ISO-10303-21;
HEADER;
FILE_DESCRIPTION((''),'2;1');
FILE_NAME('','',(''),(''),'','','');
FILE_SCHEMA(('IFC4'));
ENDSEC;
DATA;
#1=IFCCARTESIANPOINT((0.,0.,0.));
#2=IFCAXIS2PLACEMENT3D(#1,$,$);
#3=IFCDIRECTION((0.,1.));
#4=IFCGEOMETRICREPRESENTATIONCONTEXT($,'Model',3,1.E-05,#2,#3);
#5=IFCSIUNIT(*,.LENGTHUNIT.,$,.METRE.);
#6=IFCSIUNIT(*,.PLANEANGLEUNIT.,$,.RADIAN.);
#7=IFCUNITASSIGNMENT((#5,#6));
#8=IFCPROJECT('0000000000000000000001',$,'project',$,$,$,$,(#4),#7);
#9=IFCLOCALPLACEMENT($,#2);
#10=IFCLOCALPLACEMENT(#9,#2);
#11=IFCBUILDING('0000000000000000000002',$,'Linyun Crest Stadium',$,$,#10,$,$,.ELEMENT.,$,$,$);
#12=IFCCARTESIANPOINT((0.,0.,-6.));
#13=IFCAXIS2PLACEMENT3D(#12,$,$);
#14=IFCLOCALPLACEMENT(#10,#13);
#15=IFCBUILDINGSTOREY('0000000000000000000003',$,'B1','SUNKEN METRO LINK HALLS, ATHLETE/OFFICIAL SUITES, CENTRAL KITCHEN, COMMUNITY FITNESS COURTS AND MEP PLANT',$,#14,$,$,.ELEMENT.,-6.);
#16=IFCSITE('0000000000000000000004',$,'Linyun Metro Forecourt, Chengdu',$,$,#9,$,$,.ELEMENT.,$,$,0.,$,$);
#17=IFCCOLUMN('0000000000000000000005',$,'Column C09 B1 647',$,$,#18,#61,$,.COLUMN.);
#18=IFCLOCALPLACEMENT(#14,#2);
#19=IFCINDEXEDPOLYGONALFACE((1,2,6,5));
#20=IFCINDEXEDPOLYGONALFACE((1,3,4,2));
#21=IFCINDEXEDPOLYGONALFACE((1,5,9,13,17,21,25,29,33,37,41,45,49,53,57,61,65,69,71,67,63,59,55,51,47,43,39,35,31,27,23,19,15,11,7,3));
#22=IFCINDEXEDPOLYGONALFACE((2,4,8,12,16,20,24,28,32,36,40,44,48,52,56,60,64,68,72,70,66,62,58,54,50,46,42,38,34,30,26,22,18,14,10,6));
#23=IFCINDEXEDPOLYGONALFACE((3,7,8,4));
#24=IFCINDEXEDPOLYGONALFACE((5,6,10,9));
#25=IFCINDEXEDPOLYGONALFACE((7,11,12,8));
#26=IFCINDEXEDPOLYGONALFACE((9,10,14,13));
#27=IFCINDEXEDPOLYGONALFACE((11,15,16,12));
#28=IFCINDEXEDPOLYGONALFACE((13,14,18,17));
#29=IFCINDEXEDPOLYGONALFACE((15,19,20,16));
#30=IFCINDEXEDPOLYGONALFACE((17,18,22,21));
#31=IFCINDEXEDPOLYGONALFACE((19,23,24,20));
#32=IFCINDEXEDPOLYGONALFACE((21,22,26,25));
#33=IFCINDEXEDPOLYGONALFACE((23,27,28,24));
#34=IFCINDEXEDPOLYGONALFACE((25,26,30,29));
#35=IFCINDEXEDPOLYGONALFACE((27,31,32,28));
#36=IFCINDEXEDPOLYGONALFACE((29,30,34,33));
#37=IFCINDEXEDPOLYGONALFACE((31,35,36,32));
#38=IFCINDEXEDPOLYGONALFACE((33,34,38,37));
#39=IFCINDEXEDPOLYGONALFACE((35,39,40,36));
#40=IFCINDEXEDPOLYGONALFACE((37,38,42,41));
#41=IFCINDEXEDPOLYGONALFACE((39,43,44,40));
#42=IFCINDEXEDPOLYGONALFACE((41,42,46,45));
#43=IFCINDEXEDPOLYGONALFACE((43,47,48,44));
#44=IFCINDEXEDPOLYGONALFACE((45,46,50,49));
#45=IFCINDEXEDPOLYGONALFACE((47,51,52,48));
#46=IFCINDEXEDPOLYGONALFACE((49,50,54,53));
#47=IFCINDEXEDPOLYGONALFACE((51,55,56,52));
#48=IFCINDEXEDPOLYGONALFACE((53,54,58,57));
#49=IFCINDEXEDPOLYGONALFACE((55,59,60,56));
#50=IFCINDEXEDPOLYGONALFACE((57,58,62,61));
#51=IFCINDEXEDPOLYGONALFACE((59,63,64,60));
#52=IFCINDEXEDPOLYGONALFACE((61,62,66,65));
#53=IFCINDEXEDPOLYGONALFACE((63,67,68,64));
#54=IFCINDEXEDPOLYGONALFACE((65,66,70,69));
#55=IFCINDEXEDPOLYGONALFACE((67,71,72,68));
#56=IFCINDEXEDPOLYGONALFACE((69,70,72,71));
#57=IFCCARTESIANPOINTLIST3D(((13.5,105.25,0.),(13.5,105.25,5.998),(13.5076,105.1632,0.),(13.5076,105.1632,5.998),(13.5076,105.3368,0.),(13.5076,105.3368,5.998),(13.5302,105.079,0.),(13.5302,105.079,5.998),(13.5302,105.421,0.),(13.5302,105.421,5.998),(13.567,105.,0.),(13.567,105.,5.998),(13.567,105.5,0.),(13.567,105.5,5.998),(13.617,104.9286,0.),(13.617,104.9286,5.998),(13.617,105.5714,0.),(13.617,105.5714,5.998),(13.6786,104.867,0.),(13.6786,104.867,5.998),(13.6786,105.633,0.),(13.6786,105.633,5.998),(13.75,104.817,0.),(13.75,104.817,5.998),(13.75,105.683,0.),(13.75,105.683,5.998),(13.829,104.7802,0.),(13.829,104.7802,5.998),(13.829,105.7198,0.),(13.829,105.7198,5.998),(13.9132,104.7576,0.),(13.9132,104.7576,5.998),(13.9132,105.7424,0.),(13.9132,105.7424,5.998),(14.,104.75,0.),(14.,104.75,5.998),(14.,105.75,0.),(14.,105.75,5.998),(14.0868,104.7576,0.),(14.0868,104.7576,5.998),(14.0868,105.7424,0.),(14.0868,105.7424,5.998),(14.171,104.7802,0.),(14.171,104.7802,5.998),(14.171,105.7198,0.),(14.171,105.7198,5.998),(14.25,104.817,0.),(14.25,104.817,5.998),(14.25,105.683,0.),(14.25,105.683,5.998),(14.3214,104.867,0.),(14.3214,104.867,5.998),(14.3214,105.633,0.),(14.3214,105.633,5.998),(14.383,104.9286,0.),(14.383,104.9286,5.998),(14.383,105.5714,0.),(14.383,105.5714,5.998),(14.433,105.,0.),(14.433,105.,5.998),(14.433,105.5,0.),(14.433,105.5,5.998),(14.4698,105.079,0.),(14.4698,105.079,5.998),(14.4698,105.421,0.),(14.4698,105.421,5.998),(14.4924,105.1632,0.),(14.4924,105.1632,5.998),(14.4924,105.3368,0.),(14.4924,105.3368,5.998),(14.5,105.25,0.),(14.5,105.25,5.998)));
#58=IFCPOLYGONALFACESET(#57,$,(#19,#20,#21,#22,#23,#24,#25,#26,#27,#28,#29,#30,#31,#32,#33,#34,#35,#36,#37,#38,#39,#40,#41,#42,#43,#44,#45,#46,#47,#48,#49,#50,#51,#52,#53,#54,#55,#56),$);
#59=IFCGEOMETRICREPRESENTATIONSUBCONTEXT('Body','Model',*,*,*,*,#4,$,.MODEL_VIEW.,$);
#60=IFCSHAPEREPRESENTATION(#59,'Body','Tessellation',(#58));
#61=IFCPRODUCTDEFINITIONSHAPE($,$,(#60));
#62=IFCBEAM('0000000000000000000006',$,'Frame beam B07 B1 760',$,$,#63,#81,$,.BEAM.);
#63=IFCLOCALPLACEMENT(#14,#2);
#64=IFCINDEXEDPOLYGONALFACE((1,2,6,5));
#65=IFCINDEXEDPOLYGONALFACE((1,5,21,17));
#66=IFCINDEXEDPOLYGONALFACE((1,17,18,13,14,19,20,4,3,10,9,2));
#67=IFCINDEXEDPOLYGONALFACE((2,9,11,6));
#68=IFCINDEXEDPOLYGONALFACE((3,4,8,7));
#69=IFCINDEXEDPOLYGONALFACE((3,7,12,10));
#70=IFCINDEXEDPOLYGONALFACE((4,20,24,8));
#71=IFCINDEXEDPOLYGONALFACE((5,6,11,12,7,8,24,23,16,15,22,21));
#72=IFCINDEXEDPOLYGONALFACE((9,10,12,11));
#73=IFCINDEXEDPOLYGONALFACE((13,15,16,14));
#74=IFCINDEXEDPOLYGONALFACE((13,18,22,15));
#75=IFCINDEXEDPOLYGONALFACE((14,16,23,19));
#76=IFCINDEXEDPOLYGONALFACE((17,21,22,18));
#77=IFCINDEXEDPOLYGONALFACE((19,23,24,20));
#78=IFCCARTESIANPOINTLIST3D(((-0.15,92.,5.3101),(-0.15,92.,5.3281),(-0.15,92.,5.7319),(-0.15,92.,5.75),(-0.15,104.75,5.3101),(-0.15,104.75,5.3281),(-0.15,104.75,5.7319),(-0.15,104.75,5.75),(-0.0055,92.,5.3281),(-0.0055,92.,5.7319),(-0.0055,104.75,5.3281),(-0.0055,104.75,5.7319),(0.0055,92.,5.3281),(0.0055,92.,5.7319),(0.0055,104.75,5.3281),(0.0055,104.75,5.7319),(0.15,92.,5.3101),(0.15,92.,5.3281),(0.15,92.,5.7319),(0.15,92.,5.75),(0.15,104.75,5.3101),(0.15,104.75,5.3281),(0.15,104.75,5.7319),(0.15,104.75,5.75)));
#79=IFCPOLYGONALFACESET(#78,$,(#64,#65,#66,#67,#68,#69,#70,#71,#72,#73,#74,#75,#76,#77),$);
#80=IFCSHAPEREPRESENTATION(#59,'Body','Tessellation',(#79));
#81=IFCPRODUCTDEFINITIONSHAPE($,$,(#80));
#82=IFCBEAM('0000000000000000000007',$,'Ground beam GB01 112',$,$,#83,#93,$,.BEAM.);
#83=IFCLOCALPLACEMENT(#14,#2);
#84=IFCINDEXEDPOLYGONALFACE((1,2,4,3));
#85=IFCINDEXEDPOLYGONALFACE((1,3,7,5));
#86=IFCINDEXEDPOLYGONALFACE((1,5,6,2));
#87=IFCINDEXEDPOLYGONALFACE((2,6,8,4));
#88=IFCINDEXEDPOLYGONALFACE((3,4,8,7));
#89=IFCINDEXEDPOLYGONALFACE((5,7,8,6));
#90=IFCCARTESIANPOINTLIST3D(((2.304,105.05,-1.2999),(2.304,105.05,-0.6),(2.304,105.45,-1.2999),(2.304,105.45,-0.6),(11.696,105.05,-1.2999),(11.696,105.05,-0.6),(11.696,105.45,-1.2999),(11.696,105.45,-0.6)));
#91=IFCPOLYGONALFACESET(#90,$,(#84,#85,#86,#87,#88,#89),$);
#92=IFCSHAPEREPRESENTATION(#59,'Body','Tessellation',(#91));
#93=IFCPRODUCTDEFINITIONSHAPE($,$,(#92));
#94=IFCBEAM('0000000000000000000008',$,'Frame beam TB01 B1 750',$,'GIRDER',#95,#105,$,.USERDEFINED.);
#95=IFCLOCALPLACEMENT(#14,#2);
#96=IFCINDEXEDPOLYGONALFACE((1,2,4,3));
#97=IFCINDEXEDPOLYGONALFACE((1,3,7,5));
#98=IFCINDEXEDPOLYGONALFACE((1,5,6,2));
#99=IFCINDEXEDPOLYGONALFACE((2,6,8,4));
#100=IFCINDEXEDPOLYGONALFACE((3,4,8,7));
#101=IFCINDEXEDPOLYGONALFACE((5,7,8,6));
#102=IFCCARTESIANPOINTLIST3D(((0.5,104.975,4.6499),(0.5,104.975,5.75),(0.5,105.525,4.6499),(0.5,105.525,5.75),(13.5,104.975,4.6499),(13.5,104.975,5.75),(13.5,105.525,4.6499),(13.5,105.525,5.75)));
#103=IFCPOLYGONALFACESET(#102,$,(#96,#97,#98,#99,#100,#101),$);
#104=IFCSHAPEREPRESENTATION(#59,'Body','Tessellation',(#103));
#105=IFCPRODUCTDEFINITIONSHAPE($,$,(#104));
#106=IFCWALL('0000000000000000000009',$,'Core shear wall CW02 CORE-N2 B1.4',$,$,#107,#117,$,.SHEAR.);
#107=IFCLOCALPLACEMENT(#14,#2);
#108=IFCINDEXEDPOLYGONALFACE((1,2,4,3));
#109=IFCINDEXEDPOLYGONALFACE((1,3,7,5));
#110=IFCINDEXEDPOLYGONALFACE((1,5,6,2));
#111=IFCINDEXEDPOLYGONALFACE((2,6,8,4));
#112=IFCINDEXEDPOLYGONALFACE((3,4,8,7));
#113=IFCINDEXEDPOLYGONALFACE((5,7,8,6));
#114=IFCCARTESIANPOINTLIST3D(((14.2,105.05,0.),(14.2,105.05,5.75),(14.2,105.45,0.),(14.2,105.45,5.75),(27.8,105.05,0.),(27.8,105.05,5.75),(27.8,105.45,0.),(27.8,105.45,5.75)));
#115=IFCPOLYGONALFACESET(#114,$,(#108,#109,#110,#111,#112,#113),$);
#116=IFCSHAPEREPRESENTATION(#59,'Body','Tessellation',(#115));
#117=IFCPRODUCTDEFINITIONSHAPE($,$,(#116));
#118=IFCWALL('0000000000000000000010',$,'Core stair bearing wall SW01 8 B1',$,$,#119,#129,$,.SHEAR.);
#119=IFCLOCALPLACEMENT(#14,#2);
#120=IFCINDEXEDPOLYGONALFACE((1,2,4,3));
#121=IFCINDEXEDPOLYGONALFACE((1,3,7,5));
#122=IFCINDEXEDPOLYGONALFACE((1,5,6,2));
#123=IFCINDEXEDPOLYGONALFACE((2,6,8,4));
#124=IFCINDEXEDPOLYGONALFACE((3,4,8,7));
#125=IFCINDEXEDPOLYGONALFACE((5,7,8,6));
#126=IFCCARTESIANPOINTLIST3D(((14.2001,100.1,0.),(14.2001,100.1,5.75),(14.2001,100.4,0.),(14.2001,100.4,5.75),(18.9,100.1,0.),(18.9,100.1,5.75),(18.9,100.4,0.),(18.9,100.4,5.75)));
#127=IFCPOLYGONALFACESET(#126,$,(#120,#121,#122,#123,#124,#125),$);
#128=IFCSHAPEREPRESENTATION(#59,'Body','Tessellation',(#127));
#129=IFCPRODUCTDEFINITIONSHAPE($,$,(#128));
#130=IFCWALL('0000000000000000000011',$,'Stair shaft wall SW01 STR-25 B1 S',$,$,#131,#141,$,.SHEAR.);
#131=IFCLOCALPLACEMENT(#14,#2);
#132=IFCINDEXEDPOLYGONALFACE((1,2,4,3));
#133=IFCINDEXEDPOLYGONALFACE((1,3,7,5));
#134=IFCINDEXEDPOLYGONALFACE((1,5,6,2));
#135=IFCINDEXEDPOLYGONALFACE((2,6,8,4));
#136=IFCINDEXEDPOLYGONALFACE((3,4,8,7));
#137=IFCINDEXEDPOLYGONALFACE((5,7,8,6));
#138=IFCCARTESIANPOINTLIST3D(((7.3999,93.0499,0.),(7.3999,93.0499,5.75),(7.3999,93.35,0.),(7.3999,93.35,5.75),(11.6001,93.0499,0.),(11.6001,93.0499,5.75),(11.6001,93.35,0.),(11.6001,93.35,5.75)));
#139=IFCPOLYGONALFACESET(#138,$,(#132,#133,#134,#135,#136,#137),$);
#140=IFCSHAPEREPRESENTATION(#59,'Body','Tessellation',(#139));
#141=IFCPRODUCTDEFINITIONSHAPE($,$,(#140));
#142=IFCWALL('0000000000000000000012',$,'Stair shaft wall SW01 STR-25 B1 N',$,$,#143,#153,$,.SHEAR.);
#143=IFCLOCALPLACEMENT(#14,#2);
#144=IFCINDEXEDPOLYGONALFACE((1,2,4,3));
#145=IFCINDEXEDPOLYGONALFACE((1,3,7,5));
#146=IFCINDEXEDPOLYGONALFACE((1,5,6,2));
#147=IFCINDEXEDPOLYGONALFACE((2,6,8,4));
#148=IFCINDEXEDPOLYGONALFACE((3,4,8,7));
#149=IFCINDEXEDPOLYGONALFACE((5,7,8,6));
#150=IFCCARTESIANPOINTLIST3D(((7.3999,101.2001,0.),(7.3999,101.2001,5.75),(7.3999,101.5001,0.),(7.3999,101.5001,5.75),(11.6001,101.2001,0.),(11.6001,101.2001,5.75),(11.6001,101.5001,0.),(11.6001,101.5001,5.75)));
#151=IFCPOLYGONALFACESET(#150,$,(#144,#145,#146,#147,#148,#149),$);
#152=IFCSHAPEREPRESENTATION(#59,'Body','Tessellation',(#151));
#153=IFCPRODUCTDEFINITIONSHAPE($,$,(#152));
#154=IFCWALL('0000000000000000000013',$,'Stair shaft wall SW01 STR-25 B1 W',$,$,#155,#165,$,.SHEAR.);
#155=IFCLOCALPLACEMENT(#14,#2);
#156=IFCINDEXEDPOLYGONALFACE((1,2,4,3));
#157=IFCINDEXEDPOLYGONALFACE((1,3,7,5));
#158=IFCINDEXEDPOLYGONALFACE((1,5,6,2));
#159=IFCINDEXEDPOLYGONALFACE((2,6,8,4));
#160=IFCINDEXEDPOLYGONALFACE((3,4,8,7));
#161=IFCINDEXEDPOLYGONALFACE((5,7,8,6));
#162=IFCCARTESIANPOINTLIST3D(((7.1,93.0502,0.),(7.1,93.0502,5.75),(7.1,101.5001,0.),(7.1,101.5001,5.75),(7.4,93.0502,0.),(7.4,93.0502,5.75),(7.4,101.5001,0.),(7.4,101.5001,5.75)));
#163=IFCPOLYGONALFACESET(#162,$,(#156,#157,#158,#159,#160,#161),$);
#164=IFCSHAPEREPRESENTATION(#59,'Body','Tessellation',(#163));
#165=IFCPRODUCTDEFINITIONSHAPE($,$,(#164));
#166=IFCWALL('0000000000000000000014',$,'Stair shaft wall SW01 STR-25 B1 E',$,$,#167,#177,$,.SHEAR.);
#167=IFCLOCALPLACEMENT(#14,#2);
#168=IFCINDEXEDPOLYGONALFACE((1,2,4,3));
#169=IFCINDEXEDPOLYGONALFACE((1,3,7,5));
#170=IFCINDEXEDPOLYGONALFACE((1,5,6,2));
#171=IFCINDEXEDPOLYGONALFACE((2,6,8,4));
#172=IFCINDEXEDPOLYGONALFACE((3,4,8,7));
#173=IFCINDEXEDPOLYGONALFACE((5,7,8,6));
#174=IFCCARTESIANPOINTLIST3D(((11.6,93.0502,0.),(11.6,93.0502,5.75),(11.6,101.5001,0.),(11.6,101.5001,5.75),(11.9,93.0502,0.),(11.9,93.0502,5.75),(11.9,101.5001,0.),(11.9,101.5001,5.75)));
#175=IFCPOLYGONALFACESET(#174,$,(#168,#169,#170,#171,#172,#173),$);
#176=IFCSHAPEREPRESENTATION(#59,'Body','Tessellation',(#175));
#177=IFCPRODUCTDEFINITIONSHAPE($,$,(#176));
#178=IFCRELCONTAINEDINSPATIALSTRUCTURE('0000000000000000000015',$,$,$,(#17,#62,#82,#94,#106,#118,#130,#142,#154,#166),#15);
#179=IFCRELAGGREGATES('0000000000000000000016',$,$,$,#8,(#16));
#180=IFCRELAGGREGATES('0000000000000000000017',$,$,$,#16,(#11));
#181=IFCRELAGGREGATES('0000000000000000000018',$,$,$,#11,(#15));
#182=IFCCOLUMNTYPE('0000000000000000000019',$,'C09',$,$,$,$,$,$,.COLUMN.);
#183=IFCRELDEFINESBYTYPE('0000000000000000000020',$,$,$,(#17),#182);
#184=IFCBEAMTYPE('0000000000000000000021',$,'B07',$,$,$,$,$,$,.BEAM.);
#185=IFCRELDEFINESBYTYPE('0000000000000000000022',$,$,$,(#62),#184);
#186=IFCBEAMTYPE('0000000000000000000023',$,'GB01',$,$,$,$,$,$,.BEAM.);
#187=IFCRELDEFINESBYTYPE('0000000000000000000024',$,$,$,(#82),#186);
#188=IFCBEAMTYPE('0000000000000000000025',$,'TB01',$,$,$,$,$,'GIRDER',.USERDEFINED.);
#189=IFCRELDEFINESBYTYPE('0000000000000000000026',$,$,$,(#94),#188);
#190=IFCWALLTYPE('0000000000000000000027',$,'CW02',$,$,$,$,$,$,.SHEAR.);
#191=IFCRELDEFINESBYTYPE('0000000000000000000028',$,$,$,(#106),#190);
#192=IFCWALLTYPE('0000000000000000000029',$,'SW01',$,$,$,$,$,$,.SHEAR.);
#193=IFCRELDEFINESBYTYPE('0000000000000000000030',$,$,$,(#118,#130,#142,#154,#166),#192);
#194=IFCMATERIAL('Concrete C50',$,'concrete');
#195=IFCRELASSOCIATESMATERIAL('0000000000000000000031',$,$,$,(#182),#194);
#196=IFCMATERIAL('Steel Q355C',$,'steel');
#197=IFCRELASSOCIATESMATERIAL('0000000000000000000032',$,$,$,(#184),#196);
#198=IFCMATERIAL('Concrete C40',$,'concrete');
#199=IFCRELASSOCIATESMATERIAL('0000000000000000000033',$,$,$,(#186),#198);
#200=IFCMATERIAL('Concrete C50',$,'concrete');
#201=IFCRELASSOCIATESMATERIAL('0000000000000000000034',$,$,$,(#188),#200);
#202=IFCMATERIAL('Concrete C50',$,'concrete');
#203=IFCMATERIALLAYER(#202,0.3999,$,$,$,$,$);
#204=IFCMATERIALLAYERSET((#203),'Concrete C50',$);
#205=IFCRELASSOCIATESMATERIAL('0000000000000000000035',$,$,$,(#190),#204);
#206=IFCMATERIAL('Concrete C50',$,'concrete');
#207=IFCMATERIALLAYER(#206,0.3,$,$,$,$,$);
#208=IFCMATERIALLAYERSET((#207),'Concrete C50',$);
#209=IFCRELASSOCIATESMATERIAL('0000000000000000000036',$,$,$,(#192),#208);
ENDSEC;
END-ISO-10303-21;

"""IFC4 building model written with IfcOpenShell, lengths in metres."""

from ifc_helpers import new_model, si_unit, direction, frame, frame_2d, origin, origin_2d, place, context, subcontext, project, spatial, rectangle, circle, i_section, extrude, material, layer, layer_set, material_profile, profile_set, type_object, element, save


model = new_model("IFC4")

# Units and contexts
model_context = context("Model", 3, precision=1e-05, world=origin(), true_north=direction((0.0, 1.0)))
body_context = subcontext(model_context, "Body", "Model", "MODEL_VIEW")
ifc_project = project(units=[si_unit("LENGTHUNIT", "METRE"), si_unit("PLANEANGLEUNIT", "RADIAN")], contexts=[model_context])

# Site, building, storey
site_placement = place(None, origin())
site = spatial("IfcSite", under=ifc_project, at=site_placement, Name="Linyun Metro Forecourt, Chengdu", CompositionType="ELEMENT", RefElevation=0.0)
building_placement = place(site_placement, origin())
building = spatial("IfcBuilding", under=site, at=building_placement, Name="Linyun Crest Stadium", CompositionType="ELEMENT")
storey_placement = place(building_placement, frame((0.0, 0.0, -6.0)))
storey = spatial("IfcBuildingStorey", under=building, at=storey_placement, Name="B1", Description="SUNKEN METRO LINK HALLS, ATHLETE/OFFICIAL SUITES, CENTRAL KITCHEN, COMMUNITY FITNESS COURTS AND MEP PLANT", CompositionType="ELEMENT", Elevation=-6.0)

# Column
ifc_material_1 = material(Name="Concrete C50", Category="concrete")
ifc_material_profile_1 = material_profile(ifc_material_1, circle(Radius=0.5, at=origin_2d()), Name="RC D1000")
ifc_profile_set_1 = profile_set([ifc_material_profile_1], Name="Concrete C50")
column_type = type_object("IfcColumnType", Name="C09", PredefinedType="COLUMN", material=ifc_profile_set_1)
for number, where, z_axis, x_axis, name in (
    (1, (14.0, 105.25, 0.0), (0.0, 0.0, 1.0), (1.0, 0.0, 0.0), "Column C09 B1 647"),
):
    element("IfcColumn", number, at=place(storey_placement, frame(where, z_axis=z_axis, x_axis=x_axis)), inside=storey, type_object=column_type, Name=name, PredefinedType="COLUMN", context=body_context, shape_type="SweptSolid", body=[
        extrude(circle(Radius=0.5, at=origin_2d()), origin(), (0.0, 0.0, 1.0), 5.998),
    ])

# Beams
ifc_material_2 = material(Name="Steel Q355C", Category="steel")
ifc_material_profile_2 = material_profile(ifc_material_2, i_section(OverallWidth=0.3, OverallDepth=0.4399, WebThickness=0.011, FlangeThickness=0.0181, at=origin_2d()), Name="HM 440x300")
ifc_profile_set_2 = profile_set([ifc_material_profile_2], Name="Steel Q355C")
beam_type_1 = type_object("IfcBeamType", Name="B07", PredefinedType="BEAM", material=ifc_profile_set_2)
beam_1_placement = place(storey_placement, frame((0.0, 92.0, 5.53), z_axis=(0.0, 1.0, 0.0), x_axis=(-1.0, 0.0, 0.0)))
element("IfcBeam", 2, at=beam_1_placement, inside=storey, type_object=beam_type_1, Name="Frame beam B07 B1 760", PredefinedType="BEAM", context=body_context, shape_type="SweptSolid", body=[
    extrude(i_section(OverallWidth=0.3, OverallDepth=0.4399, WebThickness=0.011, FlangeThickness=0.0181, at=origin_2d()), origin(), (0.0, 0.0, 1.0), 12.75),
])
ifc_material_3 = material(Name="Concrete C40", Category="concrete")
ifc_material_profile_3 = material_profile(ifc_material_3, rectangle(XDim=0.3999, YDim=0.7, at=origin_2d()), Name="RCB 700x400")
ifc_profile_set_3 = profile_set([ifc_material_profile_3], Name="Concrete C40")
beam_type_2 = type_object("IfcBeamType", Name="GB01", PredefinedType="BEAM", material=ifc_profile_set_3)
beam_2_placement = place(storey_placement, frame((2.304, 105.25, -0.95), z_axis=(1.0, 0.0, 0.0), x_axis=(0.0, 1.0, 0.0)))
element("IfcBeam", 3, at=beam_2_placement, inside=storey, type_object=beam_type_2, Name="Ground beam GB01 112", PredefinedType="BEAM", context=body_context, shape_type="SweptSolid", body=[
    extrude(rectangle(XDim=0.3999, YDim=0.7, at=origin_2d()), origin(), (0.0, 0.0, 1.0), 9.3921),
])
ifc_material_4 = material(Name="Concrete C50", Category="concrete")
ifc_material_profile_4 = material_profile(ifc_material_4, rectangle(XDim=0.55, YDim=1.1001, at=origin_2d()), Name="RCB 1100x550")
ifc_profile_set_4 = profile_set([ifc_material_profile_4], Name="Concrete C50")
beam_type_3 = type_object("IfcBeamType", Name="TB01", ElementType="GIRDER", PredefinedType="USERDEFINED", material=ifc_profile_set_4)
beam_3_placement = place(storey_placement, frame((0.5, 105.25, 5.2), z_axis=(1.0, 0.0, 0.0), x_axis=(0.0, 1.0, 0.0)))
element("IfcBeam", 4, at=beam_3_placement, inside=storey, type_object=beam_type_3, Name="Frame beam TB01 B1 750", ObjectType="GIRDER", PredefinedType="USERDEFINED", context=body_context, shape_type="SweptSolid", body=[
    extrude(rectangle(XDim=0.55, YDim=1.1001, at=origin_2d()), origin(), (0.0, 0.0, 1.0), 13.0),
])

# Walls
ifc_material_5 = material(Name="Concrete C50", Category="concrete")
ifc_layer_1 = layer(ifc_material_5, 0.3999)
ifc_layer_set_1 = layer_set([ifc_layer_1], Name="Concrete C50")
wall_type_1 = type_object("IfcWallType", Name="CW02", PredefinedType="SHEAR", material=ifc_layer_set_1)
wall_1_placement = place(storey_placement, frame((14.2, 105.25, 0.0), z_axis=(0.0, 0.0, 1.0), x_axis=(1.0, 0.0, 0.0)))
element("IfcWall", 5, at=wall_1_placement, inside=storey, type_object=wall_type_1, Name="Core shear wall CW02 CORE-N2 B1.4", PredefinedType="SHEAR", context=body_context, shape_type="SweptSolid", body=[
    extrude(rectangle(XDim=13.6001, YDim=0.3999, at=frame_2d((6.8, 0.0))), origin(), (0.0, 0.0, 1.0), 5.75),
])
ifc_material_6 = material(Name="Concrete C50", Category="concrete")
ifc_layer_2 = layer(ifc_material_6, 0.3)
ifc_layer_set_2 = layer_set([ifc_layer_2], Name="Concrete C50")
wall_type_2 = type_object("IfcWallType", Name="SW01", PredefinedType="SHEAR", material=ifc_layer_set_2)
wall_2_placement = place(storey_placement, frame((14.2, 100.25, 0.0), z_axis=(0.0, 0.0, 1.0), x_axis=(1.0, 0.0, 0.0)))
element("IfcWall", 6, at=wall_2_placement, inside=storey, type_object=wall_type_2, Name="Core stair bearing wall SW01 8 B1", PredefinedType="SHEAR", context=body_context, shape_type="SweptSolid", body=[
    extrude(rectangle(XDim=4.7, YDim=0.3, at=frame_2d((2.3501, 0.0))), origin(), (0.0, 0.0, 1.0), 5.75),
])
for number, where, z_axis, x_axis, name in (
    (7, (7.3999, 93.2, 0.0), (0.0, 0.0, 1.0), (1.0, 0.0, 0.0), "Stair shaft wall SW01 STR-25 B1 S"),
    (8, (7.3999, 101.3501, 0.0), (0.0, 0.0, 1.0), (1.0, 0.0, 0.0), "Stair shaft wall SW01 STR-25 B1 N"),
):
    element("IfcWall", number, at=place(storey_placement, frame(where, z_axis=z_axis, x_axis=x_axis)), inside=storey, type_object=wall_type_2, Name=name, PredefinedType="SHEAR", context=body_context, shape_type="SweptSolid", body=[
        extrude(rectangle(XDim=4.2002, YDim=0.3, at=frame_2d((2.1001, 0.0))), origin(), (0.0, 0.0, 1.0), 5.75),
    ])
for number, where, z_axis, x_axis, name in (
    (9, (7.25, 93.05, 0.0), (0.0, 0.0, 1.0), (0.0, 1.0, 0.0), "Stair shaft wall SW01 STR-25 B1 W"),
    (10, (11.75, 93.05, 0.0), (0.0, 0.0, 1.0), (0.0, 1.0, 0.0), "Stair shaft wall SW01 STR-25 B1 E"),
):
    element("IfcWall", number, at=place(storey_placement, frame(where, z_axis=z_axis, x_axis=x_axis)), inside=storey, type_object=wall_type_2, Name=name, PredefinedType="SHEAR", context=body_context, shape_type="SweptSolid", body=[
        extrude(rectangle(XDim=8.45, YDim=0.3, at=frame_2d((4.2251, 0.0))), origin(), (0.0, 0.0, 1.0), 5.75),
    ])

save(model, "model.ifc")
